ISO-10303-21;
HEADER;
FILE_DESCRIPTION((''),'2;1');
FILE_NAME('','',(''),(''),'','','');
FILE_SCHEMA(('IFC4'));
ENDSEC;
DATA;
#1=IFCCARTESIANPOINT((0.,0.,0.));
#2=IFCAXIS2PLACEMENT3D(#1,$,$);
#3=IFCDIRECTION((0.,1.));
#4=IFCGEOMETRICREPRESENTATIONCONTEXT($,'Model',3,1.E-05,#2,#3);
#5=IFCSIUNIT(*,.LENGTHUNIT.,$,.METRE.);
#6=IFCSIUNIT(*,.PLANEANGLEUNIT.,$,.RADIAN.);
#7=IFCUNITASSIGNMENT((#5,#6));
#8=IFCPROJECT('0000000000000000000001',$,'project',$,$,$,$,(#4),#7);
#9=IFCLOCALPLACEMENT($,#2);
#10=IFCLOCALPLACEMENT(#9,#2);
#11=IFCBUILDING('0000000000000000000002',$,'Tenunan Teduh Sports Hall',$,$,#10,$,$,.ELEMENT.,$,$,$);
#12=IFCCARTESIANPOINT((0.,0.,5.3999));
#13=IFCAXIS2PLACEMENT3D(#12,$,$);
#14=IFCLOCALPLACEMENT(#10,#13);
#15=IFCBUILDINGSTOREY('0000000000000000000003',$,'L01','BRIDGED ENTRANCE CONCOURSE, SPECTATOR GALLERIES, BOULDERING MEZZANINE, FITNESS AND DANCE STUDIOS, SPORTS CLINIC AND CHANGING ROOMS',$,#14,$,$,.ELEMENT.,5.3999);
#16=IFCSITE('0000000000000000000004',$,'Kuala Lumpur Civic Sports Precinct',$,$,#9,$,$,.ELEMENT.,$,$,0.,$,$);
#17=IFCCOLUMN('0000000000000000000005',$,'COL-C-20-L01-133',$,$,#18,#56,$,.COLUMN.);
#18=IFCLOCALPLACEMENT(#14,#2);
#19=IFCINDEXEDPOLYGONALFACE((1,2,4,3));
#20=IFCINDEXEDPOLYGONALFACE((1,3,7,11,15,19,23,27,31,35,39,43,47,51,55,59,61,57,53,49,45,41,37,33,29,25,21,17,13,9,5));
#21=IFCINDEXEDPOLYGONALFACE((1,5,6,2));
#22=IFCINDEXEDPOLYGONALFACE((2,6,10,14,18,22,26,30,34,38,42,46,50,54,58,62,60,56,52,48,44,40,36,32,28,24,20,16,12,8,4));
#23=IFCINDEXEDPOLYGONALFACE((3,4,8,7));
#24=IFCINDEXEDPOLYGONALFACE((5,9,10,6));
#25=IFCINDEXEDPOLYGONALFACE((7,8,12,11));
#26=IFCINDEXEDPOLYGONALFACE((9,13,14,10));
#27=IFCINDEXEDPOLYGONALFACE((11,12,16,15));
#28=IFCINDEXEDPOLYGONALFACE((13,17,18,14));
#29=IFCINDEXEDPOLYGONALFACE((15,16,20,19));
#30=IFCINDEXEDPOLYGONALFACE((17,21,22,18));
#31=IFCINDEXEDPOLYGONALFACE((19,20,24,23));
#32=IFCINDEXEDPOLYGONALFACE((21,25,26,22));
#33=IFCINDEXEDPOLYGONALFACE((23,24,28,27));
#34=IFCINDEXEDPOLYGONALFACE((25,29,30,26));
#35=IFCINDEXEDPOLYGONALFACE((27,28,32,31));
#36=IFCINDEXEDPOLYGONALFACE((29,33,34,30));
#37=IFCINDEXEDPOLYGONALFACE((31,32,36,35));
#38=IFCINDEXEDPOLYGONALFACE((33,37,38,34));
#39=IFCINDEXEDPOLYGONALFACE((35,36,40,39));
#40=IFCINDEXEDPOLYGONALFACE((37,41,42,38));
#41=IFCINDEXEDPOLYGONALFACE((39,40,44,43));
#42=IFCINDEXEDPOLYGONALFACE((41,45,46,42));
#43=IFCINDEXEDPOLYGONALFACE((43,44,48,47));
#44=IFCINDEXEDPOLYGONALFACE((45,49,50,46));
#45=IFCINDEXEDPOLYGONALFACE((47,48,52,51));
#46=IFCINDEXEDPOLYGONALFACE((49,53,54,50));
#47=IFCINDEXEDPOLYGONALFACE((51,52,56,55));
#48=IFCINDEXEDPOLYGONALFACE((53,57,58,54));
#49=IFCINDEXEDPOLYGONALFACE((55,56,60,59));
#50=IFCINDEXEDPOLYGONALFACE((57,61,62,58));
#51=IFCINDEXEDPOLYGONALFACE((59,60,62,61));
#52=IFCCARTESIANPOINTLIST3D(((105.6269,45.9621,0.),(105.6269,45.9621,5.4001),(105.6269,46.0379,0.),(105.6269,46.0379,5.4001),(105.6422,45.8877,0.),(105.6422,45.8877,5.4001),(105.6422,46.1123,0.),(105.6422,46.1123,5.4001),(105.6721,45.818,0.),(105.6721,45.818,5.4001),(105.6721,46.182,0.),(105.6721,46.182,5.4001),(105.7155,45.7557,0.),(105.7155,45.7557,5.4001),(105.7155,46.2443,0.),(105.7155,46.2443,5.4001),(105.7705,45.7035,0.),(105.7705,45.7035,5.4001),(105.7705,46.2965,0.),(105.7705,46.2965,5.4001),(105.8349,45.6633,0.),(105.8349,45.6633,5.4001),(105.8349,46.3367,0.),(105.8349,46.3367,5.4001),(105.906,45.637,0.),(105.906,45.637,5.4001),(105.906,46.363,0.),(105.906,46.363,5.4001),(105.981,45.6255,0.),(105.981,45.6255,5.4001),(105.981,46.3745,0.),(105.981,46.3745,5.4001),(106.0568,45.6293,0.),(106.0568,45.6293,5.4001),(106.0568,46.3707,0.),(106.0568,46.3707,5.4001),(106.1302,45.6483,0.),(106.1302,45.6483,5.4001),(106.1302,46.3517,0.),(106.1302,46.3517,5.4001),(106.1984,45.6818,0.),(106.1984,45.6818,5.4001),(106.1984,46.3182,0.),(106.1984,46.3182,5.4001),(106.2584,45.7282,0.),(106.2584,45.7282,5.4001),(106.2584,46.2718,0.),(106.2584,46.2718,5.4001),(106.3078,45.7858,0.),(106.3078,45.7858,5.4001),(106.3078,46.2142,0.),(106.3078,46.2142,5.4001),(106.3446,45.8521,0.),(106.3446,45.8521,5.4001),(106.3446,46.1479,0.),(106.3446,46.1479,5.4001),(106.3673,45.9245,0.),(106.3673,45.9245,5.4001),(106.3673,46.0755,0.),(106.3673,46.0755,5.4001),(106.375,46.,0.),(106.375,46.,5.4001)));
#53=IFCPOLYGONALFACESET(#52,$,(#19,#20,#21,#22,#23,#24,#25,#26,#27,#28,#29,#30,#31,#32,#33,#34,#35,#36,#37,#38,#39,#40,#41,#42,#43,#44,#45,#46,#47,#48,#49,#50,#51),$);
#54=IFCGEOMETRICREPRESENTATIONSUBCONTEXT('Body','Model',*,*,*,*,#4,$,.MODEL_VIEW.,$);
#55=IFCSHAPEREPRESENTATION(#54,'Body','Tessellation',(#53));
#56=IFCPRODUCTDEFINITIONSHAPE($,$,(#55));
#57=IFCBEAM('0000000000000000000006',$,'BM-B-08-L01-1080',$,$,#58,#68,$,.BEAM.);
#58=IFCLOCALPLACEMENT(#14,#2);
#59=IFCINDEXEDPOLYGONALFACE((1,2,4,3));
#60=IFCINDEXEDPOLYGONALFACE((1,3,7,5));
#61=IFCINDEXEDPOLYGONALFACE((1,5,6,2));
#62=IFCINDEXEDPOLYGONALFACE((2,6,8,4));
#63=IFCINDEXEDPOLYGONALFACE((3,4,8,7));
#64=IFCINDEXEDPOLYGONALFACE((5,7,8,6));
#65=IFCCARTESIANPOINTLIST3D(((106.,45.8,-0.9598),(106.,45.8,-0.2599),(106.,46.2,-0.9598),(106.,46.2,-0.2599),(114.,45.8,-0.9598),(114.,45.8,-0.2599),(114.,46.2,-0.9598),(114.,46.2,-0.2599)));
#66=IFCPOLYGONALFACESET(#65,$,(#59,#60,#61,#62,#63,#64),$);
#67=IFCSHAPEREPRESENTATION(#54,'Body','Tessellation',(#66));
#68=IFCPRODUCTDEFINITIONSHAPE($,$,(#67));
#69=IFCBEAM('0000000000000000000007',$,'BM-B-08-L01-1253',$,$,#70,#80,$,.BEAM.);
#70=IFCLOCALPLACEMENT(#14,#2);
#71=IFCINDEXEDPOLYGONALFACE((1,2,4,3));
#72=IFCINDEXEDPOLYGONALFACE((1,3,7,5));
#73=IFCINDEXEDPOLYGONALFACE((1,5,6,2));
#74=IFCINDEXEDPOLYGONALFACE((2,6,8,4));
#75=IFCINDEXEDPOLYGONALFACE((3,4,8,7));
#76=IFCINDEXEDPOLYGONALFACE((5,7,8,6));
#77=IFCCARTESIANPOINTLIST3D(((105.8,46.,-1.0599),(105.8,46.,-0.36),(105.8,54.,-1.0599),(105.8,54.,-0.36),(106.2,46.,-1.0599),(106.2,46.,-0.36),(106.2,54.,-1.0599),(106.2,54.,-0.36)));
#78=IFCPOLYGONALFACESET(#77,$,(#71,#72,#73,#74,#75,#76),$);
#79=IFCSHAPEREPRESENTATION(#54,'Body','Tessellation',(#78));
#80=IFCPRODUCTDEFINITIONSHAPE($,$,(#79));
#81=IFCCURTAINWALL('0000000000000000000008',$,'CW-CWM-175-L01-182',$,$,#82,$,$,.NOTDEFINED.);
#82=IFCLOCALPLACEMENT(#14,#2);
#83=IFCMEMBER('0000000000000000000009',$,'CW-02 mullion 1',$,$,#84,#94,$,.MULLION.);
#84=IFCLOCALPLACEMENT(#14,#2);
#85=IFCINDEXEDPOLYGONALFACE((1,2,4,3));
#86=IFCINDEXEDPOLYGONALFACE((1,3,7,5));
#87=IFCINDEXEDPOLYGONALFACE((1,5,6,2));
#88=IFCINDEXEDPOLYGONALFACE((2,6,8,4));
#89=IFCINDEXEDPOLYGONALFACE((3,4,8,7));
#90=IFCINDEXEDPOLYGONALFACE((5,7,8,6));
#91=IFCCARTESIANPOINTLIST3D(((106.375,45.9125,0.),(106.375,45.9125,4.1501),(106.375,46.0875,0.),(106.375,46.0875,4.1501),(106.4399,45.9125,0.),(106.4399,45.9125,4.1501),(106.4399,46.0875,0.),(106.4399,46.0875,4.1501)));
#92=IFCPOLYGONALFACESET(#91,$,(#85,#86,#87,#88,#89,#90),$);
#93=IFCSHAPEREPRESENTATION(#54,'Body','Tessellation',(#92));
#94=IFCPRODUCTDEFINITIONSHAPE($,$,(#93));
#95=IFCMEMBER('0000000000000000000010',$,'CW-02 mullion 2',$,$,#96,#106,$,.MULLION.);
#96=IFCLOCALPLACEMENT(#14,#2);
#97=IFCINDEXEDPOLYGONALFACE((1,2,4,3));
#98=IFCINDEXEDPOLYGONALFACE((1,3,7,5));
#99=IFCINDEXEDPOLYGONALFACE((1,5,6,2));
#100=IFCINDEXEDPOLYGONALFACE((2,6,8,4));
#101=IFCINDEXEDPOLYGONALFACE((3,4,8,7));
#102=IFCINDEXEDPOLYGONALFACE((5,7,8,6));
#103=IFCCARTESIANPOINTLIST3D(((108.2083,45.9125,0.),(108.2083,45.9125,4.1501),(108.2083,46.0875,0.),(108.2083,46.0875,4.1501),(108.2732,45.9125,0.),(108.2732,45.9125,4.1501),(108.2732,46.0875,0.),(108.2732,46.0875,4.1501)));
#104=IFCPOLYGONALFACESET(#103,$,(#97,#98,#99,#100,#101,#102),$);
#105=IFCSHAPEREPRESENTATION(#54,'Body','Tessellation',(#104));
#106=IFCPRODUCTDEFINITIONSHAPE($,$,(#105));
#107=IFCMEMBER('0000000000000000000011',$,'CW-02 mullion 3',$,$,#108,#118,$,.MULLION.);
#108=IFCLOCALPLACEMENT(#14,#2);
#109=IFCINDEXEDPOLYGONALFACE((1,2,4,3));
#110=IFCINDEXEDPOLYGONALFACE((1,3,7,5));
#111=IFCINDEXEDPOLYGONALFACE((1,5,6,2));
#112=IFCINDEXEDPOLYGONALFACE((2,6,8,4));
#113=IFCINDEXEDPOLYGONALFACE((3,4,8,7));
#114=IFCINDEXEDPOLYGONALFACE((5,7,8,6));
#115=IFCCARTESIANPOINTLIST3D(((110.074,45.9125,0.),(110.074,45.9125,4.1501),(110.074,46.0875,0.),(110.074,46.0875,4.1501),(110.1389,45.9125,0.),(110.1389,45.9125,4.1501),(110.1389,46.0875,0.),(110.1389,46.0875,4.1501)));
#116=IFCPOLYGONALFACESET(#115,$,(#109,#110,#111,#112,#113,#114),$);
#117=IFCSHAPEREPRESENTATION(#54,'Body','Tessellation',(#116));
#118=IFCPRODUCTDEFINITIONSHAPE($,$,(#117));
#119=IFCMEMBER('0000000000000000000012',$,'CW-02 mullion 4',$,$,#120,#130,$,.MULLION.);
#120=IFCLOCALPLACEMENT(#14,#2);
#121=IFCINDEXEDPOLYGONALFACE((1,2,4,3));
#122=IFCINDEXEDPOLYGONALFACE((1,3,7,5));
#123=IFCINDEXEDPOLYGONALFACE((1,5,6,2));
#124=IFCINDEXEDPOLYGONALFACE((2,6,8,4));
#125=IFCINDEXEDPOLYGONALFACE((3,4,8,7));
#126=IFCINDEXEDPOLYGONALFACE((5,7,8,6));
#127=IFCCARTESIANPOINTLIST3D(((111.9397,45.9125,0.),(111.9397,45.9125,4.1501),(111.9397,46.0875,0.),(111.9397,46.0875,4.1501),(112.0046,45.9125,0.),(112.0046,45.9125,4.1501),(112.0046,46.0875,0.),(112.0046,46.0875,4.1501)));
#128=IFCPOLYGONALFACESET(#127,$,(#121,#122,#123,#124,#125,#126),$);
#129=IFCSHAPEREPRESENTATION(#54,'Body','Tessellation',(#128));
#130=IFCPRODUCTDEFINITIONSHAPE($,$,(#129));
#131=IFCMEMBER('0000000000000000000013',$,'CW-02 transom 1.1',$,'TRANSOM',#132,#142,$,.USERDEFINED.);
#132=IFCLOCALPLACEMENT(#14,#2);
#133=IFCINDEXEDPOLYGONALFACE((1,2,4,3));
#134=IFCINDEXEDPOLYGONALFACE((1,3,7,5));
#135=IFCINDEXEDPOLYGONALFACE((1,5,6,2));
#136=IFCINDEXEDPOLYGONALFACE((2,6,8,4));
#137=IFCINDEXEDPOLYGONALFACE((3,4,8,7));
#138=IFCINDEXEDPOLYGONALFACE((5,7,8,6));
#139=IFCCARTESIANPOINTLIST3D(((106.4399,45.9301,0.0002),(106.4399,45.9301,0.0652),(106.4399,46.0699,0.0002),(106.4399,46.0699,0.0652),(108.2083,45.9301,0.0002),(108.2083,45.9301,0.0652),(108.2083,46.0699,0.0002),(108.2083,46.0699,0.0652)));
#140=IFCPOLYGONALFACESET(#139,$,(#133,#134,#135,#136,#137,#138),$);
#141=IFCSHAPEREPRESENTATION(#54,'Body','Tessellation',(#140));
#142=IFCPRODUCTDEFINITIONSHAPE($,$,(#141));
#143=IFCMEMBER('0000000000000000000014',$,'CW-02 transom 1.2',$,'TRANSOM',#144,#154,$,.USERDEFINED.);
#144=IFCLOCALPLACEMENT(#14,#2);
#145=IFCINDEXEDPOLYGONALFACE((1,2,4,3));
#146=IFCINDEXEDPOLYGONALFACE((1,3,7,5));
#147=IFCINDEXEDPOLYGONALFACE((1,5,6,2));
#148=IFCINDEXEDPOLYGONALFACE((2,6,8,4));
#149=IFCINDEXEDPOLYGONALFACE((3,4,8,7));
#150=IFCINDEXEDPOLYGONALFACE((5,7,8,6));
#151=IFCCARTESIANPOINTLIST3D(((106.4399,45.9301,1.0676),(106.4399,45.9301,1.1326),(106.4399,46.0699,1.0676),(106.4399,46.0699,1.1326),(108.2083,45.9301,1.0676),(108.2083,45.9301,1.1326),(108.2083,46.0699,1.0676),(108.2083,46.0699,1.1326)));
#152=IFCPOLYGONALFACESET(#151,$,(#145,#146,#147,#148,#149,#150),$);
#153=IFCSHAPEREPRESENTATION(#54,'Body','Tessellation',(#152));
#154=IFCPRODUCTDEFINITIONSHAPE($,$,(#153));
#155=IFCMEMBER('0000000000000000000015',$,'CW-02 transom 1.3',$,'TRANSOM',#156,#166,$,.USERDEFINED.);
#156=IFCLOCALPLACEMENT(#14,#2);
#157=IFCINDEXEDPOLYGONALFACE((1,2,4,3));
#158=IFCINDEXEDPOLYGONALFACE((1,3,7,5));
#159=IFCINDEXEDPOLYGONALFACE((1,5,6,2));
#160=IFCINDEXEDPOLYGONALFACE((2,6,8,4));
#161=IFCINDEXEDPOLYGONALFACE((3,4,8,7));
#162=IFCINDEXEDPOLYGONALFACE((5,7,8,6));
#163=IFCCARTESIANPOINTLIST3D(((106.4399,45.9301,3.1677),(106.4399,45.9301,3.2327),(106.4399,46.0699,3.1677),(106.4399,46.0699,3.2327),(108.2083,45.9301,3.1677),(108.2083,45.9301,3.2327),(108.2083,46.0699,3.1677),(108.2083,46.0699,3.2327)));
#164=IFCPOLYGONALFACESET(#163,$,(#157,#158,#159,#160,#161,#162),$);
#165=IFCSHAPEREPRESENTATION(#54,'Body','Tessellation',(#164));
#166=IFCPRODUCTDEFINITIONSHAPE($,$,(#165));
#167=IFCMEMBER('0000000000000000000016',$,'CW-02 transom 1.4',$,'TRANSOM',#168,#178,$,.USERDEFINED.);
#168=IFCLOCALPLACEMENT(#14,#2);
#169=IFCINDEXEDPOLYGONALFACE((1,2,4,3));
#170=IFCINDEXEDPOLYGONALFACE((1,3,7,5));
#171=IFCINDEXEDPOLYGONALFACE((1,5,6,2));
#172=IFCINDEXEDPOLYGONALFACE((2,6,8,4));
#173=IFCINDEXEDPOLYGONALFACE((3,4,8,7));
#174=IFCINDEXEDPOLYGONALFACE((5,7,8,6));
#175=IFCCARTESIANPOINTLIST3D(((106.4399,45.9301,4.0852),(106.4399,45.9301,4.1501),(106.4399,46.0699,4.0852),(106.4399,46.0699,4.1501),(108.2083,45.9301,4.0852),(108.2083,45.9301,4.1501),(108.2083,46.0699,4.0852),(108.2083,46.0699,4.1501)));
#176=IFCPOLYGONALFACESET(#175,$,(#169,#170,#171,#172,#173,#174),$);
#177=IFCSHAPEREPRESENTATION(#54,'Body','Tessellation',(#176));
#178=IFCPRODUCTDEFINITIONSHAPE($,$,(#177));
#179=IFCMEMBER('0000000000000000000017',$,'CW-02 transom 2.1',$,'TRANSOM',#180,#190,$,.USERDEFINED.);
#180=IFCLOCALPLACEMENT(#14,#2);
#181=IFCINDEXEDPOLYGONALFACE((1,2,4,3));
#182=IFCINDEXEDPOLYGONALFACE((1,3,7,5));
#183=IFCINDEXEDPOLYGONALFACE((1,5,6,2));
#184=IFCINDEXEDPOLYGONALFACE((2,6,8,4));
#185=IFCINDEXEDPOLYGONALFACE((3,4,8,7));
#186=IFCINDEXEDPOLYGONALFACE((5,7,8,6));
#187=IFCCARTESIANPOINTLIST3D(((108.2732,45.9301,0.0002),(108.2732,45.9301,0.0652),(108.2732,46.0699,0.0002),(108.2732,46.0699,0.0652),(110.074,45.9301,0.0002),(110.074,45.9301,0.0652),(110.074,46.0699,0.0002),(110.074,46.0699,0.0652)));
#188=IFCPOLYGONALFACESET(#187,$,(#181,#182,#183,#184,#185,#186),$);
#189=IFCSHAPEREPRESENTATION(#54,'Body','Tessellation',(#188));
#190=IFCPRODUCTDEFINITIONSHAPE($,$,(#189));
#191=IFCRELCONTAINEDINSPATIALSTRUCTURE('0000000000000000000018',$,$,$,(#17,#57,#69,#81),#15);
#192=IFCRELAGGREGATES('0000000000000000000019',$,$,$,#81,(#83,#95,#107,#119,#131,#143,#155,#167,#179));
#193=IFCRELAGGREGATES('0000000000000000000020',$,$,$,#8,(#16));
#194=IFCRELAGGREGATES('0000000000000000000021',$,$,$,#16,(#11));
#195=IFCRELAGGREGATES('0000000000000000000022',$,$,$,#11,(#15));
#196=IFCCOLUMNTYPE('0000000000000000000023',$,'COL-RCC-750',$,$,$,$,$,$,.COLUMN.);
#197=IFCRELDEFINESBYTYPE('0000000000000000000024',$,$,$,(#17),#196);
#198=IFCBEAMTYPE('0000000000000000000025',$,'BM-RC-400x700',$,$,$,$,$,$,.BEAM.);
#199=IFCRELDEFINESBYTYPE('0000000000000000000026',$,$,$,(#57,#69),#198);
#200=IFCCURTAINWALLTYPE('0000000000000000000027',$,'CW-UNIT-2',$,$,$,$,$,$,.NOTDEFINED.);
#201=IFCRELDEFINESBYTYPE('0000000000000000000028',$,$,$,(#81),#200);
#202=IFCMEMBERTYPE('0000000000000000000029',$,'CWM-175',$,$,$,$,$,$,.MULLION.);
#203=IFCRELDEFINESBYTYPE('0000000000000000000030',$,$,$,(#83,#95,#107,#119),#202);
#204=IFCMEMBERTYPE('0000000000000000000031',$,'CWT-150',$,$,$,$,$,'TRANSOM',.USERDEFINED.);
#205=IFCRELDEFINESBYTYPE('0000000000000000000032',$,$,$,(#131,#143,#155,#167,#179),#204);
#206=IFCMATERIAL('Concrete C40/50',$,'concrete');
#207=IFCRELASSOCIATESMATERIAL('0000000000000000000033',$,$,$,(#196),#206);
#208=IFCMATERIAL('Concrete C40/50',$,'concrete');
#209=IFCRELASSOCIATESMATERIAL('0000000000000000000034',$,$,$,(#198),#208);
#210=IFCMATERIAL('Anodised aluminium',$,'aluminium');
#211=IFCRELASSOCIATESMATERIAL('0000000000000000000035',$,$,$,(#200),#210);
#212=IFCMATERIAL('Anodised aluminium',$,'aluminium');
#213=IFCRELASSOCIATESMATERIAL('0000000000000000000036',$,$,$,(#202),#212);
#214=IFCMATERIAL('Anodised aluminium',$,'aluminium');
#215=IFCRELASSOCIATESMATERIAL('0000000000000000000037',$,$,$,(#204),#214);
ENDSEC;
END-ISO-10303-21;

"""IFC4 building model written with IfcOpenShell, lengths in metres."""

from ifc_helpers import new_model, si_unit, direction, frame, origin, origin_2d, place, context, subcontext, project, spatial, rectangle, circle, extrude, material, material_profile, profile_set, type_object, element, aggregate, save


model = new_model("IFC4")

# Units and contexts
model_context = context("Model", 3, precision=1e-05, world=origin(), true_north=direction((0.0, 1.0)))
body_context = subcontext(model_context, "Body", "Model", "MODEL_VIEW")
ifc_project = project(units=[si_unit("LENGTHUNIT", "METRE"), si_unit("PLANEANGLEUNIT", "RADIAN")], contexts=[model_context])

# Site, building, storey
site_placement = place(None, origin())
site = spatial("IfcSite", under=ifc_project, at=site_placement, Name="Kuala Lumpur Civic Sports Precinct", CompositionType="ELEMENT", RefElevation=0.0)
building_placement = place(site_placement, origin())
building = spatial("IfcBuilding", under=site, at=building_placement, Name="Tenunan Teduh Sports Hall", CompositionType="ELEMENT")
storey_placement = place(building_placement, frame((0.0, 0.0, 5.3999)))
storey = spatial("IfcBuildingStorey", under=building, at=storey_placement, Name="L01", Description="BRIDGED ENTRANCE CONCOURSE, SPECTATOR GALLERIES, BOULDERING MEZZANINE, FITNESS AND DANCE STUDIOS, SPORTS CLINIC AND CHANGING ROOMS", CompositionType="ELEMENT", Elevation=5.3999)

# Column
ifc_material_1 = material(Name="Concrete C40/50", Category="concrete")
ifc_material_profile_1 = material_profile(ifc_material_1, circle(Radius=0.375, at=origin_2d()), Name="RCC D750")
ifc_profile_set_1 = profile_set([ifc_material_profile_1], Name="Concrete C40/50")
column_type = type_object("IfcColumnType", Name="COL-RCC-750", PredefinedType="COLUMN", material=ifc_profile_set_1)
column_placement = place(storey_placement, frame((106.0, 46.0, 0.0), z_axis=(0.0, 0.0, 1.0), x_axis=(1.0, 0.0, 0.0)))
element("IfcColumn", 1, at=column_placement, inside=storey, type_object=column_type, Name="COL-C-20-L01-133", PredefinedType="COLUMN", context=body_context, shape_type="SweptSolid", body=[
    extrude(circle(Radius=0.375, at=origin_2d()), origin(), (0.0, 0.0, 1.0), 5.4001),
])

# Beams
ifc_material_2 = material(Name="Concrete C40/50", Category="concrete")
ifc_material_profile_2 = material_profile(ifc_material_2, rectangle(XDim=0.3999, YDim=0.7, at=origin_2d()), Name="RCB 400x700")
ifc_profile_set_2 = profile_set([ifc_material_profile_2], Name="Concrete C40/50")
beam_type_1 = type_object("IfcBeamType", Name="BM-RC-400x700", PredefinedType="BEAM", material=ifc_profile_set_2)
for number, where, z_axis, x_axis, name in (
    (2, (106.0, 46.0, -0.6099), (1.0, 0.0, 0.0), (0.0, 1.0, 0.0), "BM-B-08-L01-1080"),
    (3, (106.0, 46.0, -0.71), (0.0, 1.0, 0.0), (-1.0, 0.0, 0.0), "BM-B-08-L01-1253"),
):
    element("IfcBeam", number, at=place(storey_placement, frame(where, z_axis=z_axis, x_axis=x_axis)), inside=storey, type_object=beam_type_1, Name=name, PredefinedType="BEAM", context=body_context, shape_type="SweptSolid", body=[
        extrude(rectangle(XDim=0.3999, YDim=0.7, at=origin_2d()), origin(), (0.0, 0.0, 1.0), 8.0),
    ])

# Curtain wall, members
ifc_material_3 = material(Name="Anodised aluminium", Category="aluminium")
curtain_wall_type = type_object("IfcCurtainWallType", Name="CW-UNIT-2", PredefinedType="NOTDEFINED", material=ifc_material_3)
curtain_wall_placement = place(storey_placement, origin())
curtain_wall = element("IfcCurtainWall", 4, at=curtain_wall_placement, inside=storey, type_object=curtain_wall_type, Name="CW-CWM-175-L01-182", PredefinedType="NOTDEFINED")
ifc_material_4 = material(Name="Anodised aluminium", Category="aluminium")
ifc_material_profile_3 = material_profile(ifc_material_4, rectangle(XDim=0.0649, YDim=0.175, at=origin_2d()), Name="CWM 65x175")
ifc_profile_set_3 = profile_set([ifc_material_profile_3], Name="Anodised aluminium")
member_type_1 = type_object("IfcMemberType", Name="CWM-175", PredefinedType="MULLION", material=ifc_profile_set_3)
member_1_placement = place(storey_placement, frame((106.4075, 46.0, 0.0), z_axis=(0.0, 0.0, 1.0), x_axis=(1.0, 0.0, 0.0)))
member_1 = element("IfcMember", 5, at=member_1_placement, type_object=member_type_1, Name="CW-02 mullion 1", PredefinedType="MULLION", context=body_context, shape_type="SweptSolid", body=[
    extrude(rectangle(XDim=0.0649, YDim=0.175, at=origin_2d()), origin(), (0.0, 0.0, 1.0), 4.1501),
])
member_2_placement = place(storey_placement, frame((108.2407, 46.0, 0.0), z_axis=(0.0, 0.0, 1.0), x_axis=(1.0, 0.0, 0.0)))
member_2 = element("IfcMember", 6, at=member_2_placement, type_object=member_type_1, Name="CW-02 mullion 2", PredefinedType="MULLION", context=body_context, shape_type="SweptSolid", body=[
    extrude(rectangle(XDim=0.0649, YDim=0.175, at=origin_2d()), origin(), (0.0, 0.0, 1.0), 4.1501),
])
member_3_placement = place(storey_placement, frame((110.1064, 46.0, 0.0), z_axis=(0.0, 0.0, 1.0), x_axis=(1.0, 0.0, 0.0)))
member_3 = element("IfcMember", 7, at=member_3_placement, type_object=member_type_1, Name="CW-02 mullion 3", PredefinedType="MULLION", context=body_context, shape_type="SweptSolid", body=[
    extrude(rectangle(XDim=0.0649, YDim=0.175, at=origin_2d()), origin(), (0.0, 0.0, 1.0), 4.1501),
])
member_4_placement = place(storey_placement, frame((111.9722, 46.0, 0.0), z_axis=(0.0, 0.0, 1.0), x_axis=(1.0, 0.0, 0.0)))
member_4 = element("IfcMember", 8, at=member_4_placement, type_object=member_type_1, Name="CW-02 mullion 4", PredefinedType="MULLION", context=body_context, shape_type="SweptSolid", body=[
    extrude(rectangle(XDim=0.0649, YDim=0.175, at=origin_2d()), origin(), (0.0, 0.0, 1.0), 4.1501),
])
ifc_material_5 = material(Name="Anodised aluminium", Category="aluminium")
ifc_material_profile_4 = material_profile(ifc_material_5, rectangle(XDim=0.0649, YDim=0.1399, at=origin_2d()), Name="CWT 65x140")
ifc_profile_set_4 = profile_set([ifc_material_profile_4], Name="Anodised aluminium")
member_type_2 = type_object("IfcMemberType", Name="CWT-150", ElementType="TRANSOM", PredefinedType="USERDEFINED", material=ifc_profile_set_4)
member_5_placement = place(storey_placement, frame((106.4399, 46.0, 0.0327), z_axis=(1.0, 0.0, 0.0), x_axis=(0.0, 0.0, 1.0)))
member_5 = element("IfcMember", 9, at=member_5_placement, type_object=member_type_2, Name="CW-02 transom 1.1", ObjectType="TRANSOM", PredefinedType="USERDEFINED", context=body_context, shape_type="SweptSolid", body=[
    extrude(rectangle(XDim=0.0649, YDim=0.1399, at=origin_2d()), origin(), (0.0, 0.0, 1.0), 1.7683),
])
member_6_placement = place(storey_placement, frame((106.4399, 46.0, 1.1001), z_axis=(1.0, 0.0, 0.0), x_axis=(0.0, 0.0, 1.0)))
member_6 = element("IfcMember", 10, at=member_6_placement, type_object=member_type_2, Name="CW-02 transom 1.2", ObjectType="TRANSOM", PredefinedType="USERDEFINED", context=body_context, shape_type="SweptSolid", body=[
    extrude(rectangle(XDim=0.0649, YDim=0.1399, at=origin_2d()), origin(), (0.0, 0.0, 1.0), 1.7683),
])
member_7_placement = place(storey_placement, frame((106.4399, 46.0, 3.2002), z_axis=(1.0, 0.0, 0.0), x_axis=(0.0, 0.0, 1.0)))
member_7 = element("IfcMember", 11, at=member_7_placement, type_object=member_type_2, Name="CW-02 transom 1.3", ObjectType="TRANSOM", PredefinedType="USERDEFINED", context=body_context, shape_type="SweptSolid", body=[
    extrude(rectangle(XDim=0.0649, YDim=0.1399, at=origin_2d()), origin(), (0.0, 0.0, 1.0), 1.7683),
])
member_8_placement = place(storey_placement, frame((106.4399, 46.0, 4.1177), z_axis=(1.0, 0.0, 0.0), x_axis=(0.0, 0.0, 1.0)))
member_8 = element("IfcMember", 12, at=member_8_placement, type_object=member_type_2, Name="CW-02 transom 1.4", ObjectType="TRANSOM", PredefinedType="USERDEFINED", context=body_context, shape_type="SweptSolid", body=[
    extrude(rectangle(XDim=0.0649, YDim=0.1399, at=origin_2d()), origin(), (0.0, 0.0, 1.0), 1.7683),
])
member_9_placement = place(storey_placement, frame((108.2732, 46.0, 0.0327), z_axis=(1.0, 0.0, 0.0), x_axis=(0.0, 0.0, 1.0)))
member_9 = element("IfcMember", 13, at=member_9_placement, type_object=member_type_2, Name="CW-02 transom 2.1", ObjectType="TRANSOM", PredefinedType="USERDEFINED", context=body_context, shape_type="SweptSolid", body=[
    extrude(rectangle(XDim=0.0649, YDim=0.1399, at=origin_2d()), origin(), (0.0, 0.0, 1.0), 1.8008),
])

aggregate(curtain_wall, [member_1, member_2, member_3, member_4, member_5, member_6, member_7, member_8, member_9])

save(model, "model.ifc")
